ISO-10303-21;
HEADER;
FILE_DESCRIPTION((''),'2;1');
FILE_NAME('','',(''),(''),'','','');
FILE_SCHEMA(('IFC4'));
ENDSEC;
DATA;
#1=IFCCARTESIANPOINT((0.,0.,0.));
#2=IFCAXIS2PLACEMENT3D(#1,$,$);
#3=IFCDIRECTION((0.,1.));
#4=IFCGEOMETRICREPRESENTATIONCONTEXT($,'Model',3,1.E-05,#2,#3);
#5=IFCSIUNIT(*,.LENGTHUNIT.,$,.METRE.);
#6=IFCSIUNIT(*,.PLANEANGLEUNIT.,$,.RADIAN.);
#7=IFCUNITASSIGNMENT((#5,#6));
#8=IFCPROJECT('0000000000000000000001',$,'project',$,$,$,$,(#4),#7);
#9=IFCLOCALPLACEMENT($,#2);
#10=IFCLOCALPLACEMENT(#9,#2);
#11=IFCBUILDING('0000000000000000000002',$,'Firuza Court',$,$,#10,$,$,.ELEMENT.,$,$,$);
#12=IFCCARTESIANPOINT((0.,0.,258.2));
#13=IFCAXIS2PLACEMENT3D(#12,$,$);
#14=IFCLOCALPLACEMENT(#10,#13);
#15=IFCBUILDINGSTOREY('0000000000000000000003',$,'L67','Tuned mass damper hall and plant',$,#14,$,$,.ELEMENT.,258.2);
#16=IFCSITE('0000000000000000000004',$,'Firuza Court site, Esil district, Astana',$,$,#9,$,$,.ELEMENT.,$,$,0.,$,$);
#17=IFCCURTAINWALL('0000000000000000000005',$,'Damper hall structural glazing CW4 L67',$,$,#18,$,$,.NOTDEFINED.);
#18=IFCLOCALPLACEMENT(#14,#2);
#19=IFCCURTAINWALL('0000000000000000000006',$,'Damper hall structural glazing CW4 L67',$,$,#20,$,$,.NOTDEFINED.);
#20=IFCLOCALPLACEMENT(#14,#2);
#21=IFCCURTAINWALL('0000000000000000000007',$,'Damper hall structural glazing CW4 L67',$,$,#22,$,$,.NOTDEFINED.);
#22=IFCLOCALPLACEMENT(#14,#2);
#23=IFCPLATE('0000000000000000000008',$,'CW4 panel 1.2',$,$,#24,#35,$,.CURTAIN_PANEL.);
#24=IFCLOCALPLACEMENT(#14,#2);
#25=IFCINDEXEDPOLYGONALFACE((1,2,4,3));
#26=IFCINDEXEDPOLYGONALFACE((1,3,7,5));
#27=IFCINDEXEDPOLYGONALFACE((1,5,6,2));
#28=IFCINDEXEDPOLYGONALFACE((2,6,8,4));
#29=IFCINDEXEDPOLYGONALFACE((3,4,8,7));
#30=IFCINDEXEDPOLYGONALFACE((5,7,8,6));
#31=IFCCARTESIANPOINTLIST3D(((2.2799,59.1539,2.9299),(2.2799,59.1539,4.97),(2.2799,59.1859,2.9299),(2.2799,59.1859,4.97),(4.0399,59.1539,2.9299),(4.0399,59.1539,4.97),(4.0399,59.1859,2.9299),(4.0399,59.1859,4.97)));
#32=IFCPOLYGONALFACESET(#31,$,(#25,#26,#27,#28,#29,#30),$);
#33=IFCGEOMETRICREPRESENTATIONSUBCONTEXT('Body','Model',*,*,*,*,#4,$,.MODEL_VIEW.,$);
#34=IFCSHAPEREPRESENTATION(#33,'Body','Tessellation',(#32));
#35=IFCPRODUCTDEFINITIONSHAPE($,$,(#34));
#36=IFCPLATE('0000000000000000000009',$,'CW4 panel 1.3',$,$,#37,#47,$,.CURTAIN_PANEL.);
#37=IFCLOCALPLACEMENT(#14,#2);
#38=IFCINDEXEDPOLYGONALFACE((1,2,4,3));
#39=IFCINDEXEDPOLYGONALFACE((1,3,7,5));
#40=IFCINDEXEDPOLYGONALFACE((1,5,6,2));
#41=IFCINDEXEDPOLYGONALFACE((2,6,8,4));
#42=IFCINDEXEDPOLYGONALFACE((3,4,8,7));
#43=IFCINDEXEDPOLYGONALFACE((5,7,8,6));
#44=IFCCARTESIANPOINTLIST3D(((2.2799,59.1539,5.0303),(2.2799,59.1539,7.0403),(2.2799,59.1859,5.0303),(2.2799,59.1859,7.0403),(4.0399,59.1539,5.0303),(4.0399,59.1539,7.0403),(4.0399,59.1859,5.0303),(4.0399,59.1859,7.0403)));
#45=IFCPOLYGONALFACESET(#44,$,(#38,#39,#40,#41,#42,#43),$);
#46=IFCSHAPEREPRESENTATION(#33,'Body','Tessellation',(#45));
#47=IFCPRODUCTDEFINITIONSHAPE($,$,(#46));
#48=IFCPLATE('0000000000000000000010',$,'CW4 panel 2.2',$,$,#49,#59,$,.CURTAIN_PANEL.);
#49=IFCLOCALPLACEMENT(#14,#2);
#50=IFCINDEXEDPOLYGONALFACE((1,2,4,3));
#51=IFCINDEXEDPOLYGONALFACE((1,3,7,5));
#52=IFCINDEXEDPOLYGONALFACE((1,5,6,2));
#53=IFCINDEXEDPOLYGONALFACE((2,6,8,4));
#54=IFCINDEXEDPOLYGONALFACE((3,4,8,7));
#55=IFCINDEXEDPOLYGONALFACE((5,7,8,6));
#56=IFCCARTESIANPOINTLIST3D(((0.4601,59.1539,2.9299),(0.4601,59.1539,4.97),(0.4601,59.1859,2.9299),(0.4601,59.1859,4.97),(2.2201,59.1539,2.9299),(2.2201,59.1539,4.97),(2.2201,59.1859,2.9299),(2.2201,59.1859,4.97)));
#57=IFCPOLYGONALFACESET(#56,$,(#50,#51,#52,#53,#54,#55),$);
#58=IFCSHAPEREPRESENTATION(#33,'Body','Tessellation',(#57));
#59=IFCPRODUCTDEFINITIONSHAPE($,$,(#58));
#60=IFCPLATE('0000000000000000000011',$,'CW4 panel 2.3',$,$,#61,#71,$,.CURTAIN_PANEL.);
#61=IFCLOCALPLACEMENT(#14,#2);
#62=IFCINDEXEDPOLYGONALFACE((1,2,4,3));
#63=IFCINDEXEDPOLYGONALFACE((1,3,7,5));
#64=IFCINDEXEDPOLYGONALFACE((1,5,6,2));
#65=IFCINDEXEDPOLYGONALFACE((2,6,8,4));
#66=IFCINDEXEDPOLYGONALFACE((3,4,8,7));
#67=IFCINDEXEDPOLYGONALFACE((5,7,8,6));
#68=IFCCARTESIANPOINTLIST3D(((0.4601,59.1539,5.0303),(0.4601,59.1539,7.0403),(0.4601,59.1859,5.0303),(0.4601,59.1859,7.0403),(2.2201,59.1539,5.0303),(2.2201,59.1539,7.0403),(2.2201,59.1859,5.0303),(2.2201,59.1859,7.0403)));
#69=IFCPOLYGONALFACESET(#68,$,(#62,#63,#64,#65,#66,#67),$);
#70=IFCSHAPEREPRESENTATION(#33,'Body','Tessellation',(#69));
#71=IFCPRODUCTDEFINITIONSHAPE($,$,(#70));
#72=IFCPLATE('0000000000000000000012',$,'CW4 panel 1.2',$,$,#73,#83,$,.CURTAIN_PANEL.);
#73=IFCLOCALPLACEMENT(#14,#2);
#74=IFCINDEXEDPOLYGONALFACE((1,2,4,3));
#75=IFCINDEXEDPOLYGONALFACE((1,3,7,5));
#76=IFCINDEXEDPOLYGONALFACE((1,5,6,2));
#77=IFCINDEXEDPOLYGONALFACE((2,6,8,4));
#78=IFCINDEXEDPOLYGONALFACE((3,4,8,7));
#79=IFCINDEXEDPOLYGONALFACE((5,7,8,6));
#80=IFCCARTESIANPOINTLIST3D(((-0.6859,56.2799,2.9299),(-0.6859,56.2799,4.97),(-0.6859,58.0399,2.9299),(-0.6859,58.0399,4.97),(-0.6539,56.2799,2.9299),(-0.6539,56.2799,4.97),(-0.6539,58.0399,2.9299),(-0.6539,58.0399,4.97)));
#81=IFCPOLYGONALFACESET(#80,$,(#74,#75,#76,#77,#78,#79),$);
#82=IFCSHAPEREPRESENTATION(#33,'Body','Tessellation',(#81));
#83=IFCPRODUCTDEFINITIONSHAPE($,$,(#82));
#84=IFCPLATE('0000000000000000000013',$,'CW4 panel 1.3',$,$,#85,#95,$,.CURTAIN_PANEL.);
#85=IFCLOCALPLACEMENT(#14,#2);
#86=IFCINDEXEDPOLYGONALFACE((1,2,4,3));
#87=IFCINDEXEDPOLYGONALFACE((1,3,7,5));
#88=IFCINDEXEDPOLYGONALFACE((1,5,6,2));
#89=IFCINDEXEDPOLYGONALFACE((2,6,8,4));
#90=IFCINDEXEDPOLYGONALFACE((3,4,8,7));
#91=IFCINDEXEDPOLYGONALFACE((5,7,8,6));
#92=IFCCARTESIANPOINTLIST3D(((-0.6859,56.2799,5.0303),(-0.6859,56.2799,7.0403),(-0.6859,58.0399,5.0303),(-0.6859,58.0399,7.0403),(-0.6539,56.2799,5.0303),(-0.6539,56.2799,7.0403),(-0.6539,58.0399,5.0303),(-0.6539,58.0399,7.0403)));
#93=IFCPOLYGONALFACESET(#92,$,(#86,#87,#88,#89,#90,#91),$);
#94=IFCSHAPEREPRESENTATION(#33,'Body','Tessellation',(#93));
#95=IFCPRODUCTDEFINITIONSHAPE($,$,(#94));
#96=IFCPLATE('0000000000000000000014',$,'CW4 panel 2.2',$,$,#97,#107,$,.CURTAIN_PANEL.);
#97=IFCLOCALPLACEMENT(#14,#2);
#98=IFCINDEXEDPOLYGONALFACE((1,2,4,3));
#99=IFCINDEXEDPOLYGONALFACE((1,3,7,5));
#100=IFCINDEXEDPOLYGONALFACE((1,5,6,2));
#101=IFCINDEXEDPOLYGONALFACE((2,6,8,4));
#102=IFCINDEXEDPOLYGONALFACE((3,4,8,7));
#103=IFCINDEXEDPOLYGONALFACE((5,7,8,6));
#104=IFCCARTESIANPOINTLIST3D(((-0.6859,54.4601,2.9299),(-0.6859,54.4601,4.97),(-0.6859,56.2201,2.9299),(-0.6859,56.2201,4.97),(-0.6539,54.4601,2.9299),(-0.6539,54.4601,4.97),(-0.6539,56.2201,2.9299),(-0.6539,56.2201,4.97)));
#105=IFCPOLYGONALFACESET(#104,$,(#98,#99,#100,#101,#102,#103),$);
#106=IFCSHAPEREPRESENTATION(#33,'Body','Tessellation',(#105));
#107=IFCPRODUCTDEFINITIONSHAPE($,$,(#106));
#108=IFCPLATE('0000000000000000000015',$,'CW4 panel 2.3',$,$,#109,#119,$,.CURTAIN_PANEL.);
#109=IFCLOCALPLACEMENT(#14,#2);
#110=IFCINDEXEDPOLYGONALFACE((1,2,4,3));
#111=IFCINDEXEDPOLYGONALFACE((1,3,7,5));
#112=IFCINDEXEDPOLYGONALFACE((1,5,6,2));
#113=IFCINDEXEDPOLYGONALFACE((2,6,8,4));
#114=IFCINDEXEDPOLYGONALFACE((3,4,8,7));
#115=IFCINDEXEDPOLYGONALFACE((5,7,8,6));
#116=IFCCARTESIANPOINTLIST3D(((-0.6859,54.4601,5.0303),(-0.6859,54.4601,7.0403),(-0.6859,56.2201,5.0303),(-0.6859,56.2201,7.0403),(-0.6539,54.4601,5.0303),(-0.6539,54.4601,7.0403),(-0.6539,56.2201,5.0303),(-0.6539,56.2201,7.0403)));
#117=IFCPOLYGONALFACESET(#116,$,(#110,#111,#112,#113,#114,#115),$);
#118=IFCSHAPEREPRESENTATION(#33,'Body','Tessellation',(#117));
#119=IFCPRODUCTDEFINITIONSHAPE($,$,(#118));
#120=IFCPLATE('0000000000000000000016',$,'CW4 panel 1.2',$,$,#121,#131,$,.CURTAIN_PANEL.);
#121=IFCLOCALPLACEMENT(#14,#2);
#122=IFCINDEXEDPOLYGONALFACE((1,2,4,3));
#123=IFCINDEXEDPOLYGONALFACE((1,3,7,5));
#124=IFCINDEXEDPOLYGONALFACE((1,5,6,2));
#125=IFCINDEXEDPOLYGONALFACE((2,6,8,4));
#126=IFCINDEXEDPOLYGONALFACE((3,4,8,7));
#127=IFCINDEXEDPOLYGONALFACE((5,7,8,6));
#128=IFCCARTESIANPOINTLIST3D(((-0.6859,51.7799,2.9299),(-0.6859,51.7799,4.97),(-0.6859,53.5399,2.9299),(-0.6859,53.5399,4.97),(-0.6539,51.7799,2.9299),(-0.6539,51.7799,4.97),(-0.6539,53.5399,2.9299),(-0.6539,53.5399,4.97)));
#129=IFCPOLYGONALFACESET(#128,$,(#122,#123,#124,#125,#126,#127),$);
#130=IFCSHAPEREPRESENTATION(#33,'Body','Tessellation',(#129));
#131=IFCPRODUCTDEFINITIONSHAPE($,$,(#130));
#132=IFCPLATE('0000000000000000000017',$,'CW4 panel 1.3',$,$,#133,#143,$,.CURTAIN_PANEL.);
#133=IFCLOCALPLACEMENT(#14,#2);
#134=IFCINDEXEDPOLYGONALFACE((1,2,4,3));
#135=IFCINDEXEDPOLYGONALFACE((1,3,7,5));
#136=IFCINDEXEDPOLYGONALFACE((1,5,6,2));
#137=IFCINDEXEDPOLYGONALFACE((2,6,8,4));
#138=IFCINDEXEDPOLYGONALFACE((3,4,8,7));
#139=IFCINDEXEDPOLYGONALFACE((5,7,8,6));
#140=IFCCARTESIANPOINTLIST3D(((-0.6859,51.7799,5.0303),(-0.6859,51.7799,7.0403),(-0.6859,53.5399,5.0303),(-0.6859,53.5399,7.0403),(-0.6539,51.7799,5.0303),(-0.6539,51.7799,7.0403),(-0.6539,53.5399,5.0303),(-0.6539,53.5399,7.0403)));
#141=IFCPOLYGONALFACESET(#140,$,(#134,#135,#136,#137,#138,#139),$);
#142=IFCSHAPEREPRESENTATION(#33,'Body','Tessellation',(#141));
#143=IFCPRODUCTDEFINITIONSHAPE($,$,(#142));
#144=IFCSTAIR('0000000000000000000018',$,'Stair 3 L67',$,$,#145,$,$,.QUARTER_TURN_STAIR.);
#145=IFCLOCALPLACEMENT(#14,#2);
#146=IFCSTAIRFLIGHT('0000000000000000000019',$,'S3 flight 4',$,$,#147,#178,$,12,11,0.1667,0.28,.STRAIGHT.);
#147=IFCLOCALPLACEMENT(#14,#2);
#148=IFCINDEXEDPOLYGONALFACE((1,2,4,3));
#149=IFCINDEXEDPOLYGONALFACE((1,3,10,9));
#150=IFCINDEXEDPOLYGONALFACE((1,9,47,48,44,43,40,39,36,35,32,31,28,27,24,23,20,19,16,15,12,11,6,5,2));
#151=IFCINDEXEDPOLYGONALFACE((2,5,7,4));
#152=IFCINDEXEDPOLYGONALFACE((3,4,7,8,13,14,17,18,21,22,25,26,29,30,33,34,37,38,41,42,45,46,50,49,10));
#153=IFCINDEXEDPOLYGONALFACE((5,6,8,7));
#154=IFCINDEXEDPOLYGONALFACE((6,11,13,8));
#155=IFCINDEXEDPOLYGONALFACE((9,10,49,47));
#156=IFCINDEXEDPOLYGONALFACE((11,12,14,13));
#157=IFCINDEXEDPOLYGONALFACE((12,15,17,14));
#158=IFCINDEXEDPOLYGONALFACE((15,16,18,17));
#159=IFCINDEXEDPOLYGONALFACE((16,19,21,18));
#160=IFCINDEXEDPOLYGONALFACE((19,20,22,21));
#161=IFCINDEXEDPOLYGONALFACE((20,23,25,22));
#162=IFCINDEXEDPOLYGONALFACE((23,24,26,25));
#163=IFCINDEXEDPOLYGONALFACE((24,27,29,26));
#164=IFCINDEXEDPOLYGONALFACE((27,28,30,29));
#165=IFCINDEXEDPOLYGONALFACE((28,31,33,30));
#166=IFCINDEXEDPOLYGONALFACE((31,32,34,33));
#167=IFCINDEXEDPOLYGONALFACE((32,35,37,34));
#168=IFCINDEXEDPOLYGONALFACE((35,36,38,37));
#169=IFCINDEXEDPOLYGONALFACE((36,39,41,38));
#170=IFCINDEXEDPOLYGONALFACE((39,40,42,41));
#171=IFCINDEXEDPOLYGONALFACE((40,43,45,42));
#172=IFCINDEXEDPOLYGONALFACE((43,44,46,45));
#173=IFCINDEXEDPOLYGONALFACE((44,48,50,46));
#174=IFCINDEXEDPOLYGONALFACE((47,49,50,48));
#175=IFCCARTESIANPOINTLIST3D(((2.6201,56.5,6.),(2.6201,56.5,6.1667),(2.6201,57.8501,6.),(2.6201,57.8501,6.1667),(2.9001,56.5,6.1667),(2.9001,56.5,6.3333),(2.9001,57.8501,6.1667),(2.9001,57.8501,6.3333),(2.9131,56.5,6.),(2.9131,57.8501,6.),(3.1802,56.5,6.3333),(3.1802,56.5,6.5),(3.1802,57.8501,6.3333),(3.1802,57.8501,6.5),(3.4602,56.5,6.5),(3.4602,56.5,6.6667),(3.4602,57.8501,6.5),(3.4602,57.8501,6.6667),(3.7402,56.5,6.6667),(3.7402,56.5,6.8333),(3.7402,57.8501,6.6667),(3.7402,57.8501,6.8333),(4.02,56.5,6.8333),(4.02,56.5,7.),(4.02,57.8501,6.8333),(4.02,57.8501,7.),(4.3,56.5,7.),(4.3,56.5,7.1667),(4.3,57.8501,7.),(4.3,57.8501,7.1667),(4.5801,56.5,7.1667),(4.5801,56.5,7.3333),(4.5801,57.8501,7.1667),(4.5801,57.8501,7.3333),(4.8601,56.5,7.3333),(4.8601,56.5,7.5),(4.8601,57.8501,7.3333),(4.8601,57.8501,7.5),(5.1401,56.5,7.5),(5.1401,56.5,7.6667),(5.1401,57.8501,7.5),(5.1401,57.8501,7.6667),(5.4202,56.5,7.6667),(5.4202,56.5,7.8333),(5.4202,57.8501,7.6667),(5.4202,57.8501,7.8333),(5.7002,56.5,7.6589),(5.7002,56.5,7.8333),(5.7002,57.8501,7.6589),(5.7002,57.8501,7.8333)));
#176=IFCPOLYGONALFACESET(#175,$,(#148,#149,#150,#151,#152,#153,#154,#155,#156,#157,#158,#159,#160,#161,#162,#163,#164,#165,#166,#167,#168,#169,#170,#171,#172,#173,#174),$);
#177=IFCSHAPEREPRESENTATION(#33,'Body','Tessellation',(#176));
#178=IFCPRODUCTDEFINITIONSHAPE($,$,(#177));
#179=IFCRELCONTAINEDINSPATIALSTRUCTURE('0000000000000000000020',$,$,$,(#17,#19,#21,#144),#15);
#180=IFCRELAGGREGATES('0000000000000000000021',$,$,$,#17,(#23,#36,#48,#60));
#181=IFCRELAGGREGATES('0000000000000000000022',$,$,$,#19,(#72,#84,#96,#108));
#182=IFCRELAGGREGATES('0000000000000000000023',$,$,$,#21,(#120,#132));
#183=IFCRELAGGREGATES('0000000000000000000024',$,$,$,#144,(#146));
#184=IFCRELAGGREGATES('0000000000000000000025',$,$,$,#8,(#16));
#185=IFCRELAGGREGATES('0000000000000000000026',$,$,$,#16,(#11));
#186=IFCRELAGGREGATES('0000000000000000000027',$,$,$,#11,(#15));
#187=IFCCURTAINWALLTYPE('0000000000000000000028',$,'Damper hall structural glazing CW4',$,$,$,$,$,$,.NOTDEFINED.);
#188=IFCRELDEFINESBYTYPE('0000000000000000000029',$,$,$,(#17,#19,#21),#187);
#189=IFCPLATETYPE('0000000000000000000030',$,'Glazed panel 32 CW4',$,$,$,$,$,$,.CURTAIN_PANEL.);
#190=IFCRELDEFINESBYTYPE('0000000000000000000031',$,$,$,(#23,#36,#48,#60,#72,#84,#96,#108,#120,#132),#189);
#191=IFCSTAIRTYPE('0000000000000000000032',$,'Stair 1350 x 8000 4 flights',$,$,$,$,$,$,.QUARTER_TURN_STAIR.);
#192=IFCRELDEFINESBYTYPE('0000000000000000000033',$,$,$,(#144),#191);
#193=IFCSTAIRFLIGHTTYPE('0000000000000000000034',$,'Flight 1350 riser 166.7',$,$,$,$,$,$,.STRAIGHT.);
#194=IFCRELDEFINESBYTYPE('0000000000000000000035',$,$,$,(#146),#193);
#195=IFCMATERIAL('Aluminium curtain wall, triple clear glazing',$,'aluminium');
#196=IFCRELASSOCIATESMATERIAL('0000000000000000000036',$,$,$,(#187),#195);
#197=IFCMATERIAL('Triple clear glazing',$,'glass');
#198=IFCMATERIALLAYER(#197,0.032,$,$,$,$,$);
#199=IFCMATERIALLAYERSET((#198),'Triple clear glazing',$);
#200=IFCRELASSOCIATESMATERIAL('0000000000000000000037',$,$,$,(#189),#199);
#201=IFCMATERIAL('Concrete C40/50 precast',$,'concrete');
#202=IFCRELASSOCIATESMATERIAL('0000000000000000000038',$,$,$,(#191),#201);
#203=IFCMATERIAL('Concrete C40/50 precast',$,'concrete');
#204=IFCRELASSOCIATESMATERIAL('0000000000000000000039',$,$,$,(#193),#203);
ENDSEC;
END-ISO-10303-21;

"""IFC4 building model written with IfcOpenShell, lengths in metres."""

from ifc_helpers import new_model, si_unit, direction, frame, origin, origin_2d, place, context, subcontext, project, spatial, polyline, rectangle, outline, extrude, material, layer, layer_set, type_object, element, aggregate, save


model = new_model("IFC4")

# Units and contexts
model_context = context("Model", 3, precision=1e-05, world=origin(), true_north=direction((0.0, 1.0)))
body_context = subcontext(model_context, "Body", "Model", "MODEL_VIEW")
ifc_project = project(units=[si_unit("LENGTHUNIT", "METRE"), si_unit("PLANEANGLEUNIT", "RADIAN")], contexts=[model_context])

# Site, building, storey
site_placement = place(None, origin())
site = spatial("IfcSite", under=ifc_project, at=site_placement, Name="Firuza Court site, Esil district, Astana", CompositionType="ELEMENT", RefElevation=0.0)
building_placement = place(site_placement, origin())
building = spatial("IfcBuilding", under=site, at=building_placement, Name="Firuza Court", CompositionType="ELEMENT")
storey_placement = place(building_placement, frame((0.0, 0.0, 258.2)))
storey = spatial("IfcBuildingStorey", under=building, at=storey_placement, Name="L67", Description="Tuned mass damper hall and plant", CompositionType="ELEMENT", Elevation=258.2)

# Curtain walls
ifc_material_1 = material(Name="Aluminium curtain wall, triple clear glazing", Category="aluminium")
curtain_wall_type = type_object("IfcCurtainWallType", Name="Damper hall structural glazing CW4", PredefinedType="NOTDEFINED", material=ifc_material_1)
curtain_wall_1_placement = place(storey_placement, origin())
curtain_wall_1 = element("IfcCurtainWall", 1, at=curtain_wall_1_placement, inside=storey, type_object=curtain_wall_type, Name="Damper hall structural glazing CW4 L67", PredefinedType="NOTDEFINED")
curtain_wall_2_placement = place(storey_placement, origin())
curtain_wall_2 = element("IfcCurtainWall", 2, at=curtain_wall_2_placement, inside=storey, type_object=curtain_wall_type, Name="Damper hall structural glazing CW4 L67", PredefinedType="NOTDEFINED")
curtain_wall_3_placement = place(storey_placement, origin())
curtain_wall_3 = element("IfcCurtainWall", 3, at=curtain_wall_3_placement, inside=storey, type_object=curtain_wall_type, Name="Damper hall structural glazing CW4 L67", PredefinedType="NOTDEFINED")

# Plates
ifc_material_2 = material(Name="Triple clear glazing", Category="glass")
ifc_layer = layer(ifc_material_2, 0.032)
ifc_layer_set = layer_set([ifc_layer], Name="Triple clear glazing")
plate_type = type_object("IfcPlateType", Name="Glazed panel 32 CW4", PredefinedType="CURTAIN_PANEL", material=ifc_layer_set)
plate_1_placement = place(storey_placement, frame((3.1599, 59.1699, 2.9299), z_axis=(0.0, 0.0, 1.0), x_axis=(-1.0, 0.0, 0.0)))
plate_1 = element("IfcPlate", 4, at=plate_1_placement, type_object=plate_type, Name="CW4 panel 1.2", PredefinedType="CURTAIN_PANEL", context=body_context, shape_type="SweptSolid", body=[
    extrude(rectangle(XDim=1.76, YDim=0.032, at=origin_2d()), origin(), (0.0, 0.0, 1.0), 2.04),
])
plate_2_placement = place(storey_placement, frame((3.1599, 59.1699, 5.0303), z_axis=(0.0, 0.0, 1.0), x_axis=(-1.0, 0.0, 0.0)))
plate_2 = element("IfcPlate", 5, at=plate_2_placement, type_object=plate_type, Name="CW4 panel 1.3", PredefinedType="CURTAIN_PANEL", context=body_context, shape_type="SweptSolid", body=[
    extrude(rectangle(XDim=1.76, YDim=0.032, at=origin_2d()), origin(), (0.0, 0.0, 1.0), 2.01),
])
plate_3_placement = place(storey_placement, frame((1.3401, 59.1699, 2.9299), z_axis=(0.0, 0.0, 1.0), x_axis=(-1.0, 0.0, 0.0)))
plate_3 = element("IfcPlate", 6, at=plate_3_placement, type_object=plate_type, Name="CW4 panel 2.2", PredefinedType="CURTAIN_PANEL", context=body_context, shape_type="SweptSolid", body=[
    extrude(rectangle(XDim=1.76, YDim=0.032, at=origin_2d()), origin(), (0.0, 0.0, 1.0), 2.04),
])
plate_4_placement = place(storey_placement, frame((1.3401, 59.1699, 5.0303), z_axis=(0.0, 0.0, 1.0), x_axis=(-1.0, 0.0, 0.0)))
plate_4 = element("IfcPlate", 7, at=plate_4_placement, type_object=plate_type, Name="CW4 panel 2.3", PredefinedType="CURTAIN_PANEL", context=body_context, shape_type="SweptSolid", body=[
    extrude(rectangle(XDim=1.76, YDim=0.032, at=origin_2d()), origin(), (0.0, 0.0, 1.0), 2.01),
])
aggregate(curtain_wall_1, [plate_1, plate_2, plate_3, plate_4])
plate_5_placement = place(storey_placement, frame((-0.6699, 57.1599, 2.9299), z_axis=(0.0, 0.0, 1.0), x_axis=(0.0, -1.0, 0.0)))
plate_5 = element("IfcPlate", 8, at=plate_5_placement, type_object=plate_type, Name="CW4 panel 1.2", PredefinedType="CURTAIN_PANEL", context=body_context, shape_type="SweptSolid", body=[
    extrude(rectangle(XDim=1.76, YDim=0.032, at=origin_2d()), origin(), (0.0, 0.0, 1.0), 2.04),
])
plate_6_placement = place(storey_placement, frame((-0.6699, 57.1599, 5.0303), z_axis=(0.0, 0.0, 1.0), x_axis=(0.0, -1.0, 0.0)))
plate_6 = element("IfcPlate", 9, at=plate_6_placement, type_object=plate_type, Name="CW4 panel 1.3", PredefinedType="CURTAIN_PANEL", context=body_context, shape_type="SweptSolid", body=[
    extrude(rectangle(XDim=1.76, YDim=0.032, at=origin_2d()), origin(), (0.0, 0.0, 1.0), 2.01),
])
plate_7_placement = place(storey_placement, frame((-0.6699, 55.3401, 2.9299), z_axis=(0.0, 0.0, 1.0), x_axis=(0.0, -1.0, 0.0)))
plate_7 = element("IfcPlate", 10, at=plate_7_placement, type_object=plate_type, Name="CW4 panel 2.2", PredefinedType="CURTAIN_PANEL", context=body_context, shape_type="SweptSolid", body=[
    extrude(rectangle(XDim=1.76, YDim=0.032, at=origin_2d()), origin(), (0.0, 0.0, 1.0), 2.04),
])
plate_8_placement = place(storey_placement, frame((-0.6699, 55.3401, 5.0303), z_axis=(0.0, 0.0, 1.0), x_axis=(0.0, -1.0, 0.0)))
plate_8 = element("IfcPlate", 11, at=plate_8_placement, type_object=plate_type, Name="CW4 panel 2.3", PredefinedType="CURTAIN_PANEL", context=body_context, shape_type="SweptSolid", body=[
    extrude(rectangle(XDim=1.76, YDim=0.032, at=origin_2d()), origin(), (0.0, 0.0, 1.0), 2.01),
])
aggregate(curtain_wall_2, [plate_5, plate_6, plate_7, plate_8])
plate_9_placement = place(storey_placement, frame((-0.6699, 52.6599, 2.9299), z_axis=(0.0, 0.0, 1.0), x_axis=(0.0, -1.0, 0.0)))
plate_9 = element("IfcPlate", 12, at=plate_9_placement, type_object=plate_type, Name="CW4 panel 1.2", PredefinedType="CURTAIN_PANEL", context=body_context, shape_type="SweptSolid", body=[
    extrude(rectangle(XDim=1.76, YDim=0.032, at=origin_2d()), origin(), (0.0, 0.0, 1.0), 2.04),
])
plate_10_placement = place(storey_placement, frame((-0.6699, 52.6599, 5.0303), z_axis=(0.0, 0.0, 1.0), x_axis=(0.0, -1.0, 0.0)))
plate_10 = element("IfcPlate", 13, at=plate_10_placement, type_object=plate_type, Name="CW4 panel 1.3", PredefinedType="CURTAIN_PANEL", context=body_context, shape_type="SweptSolid", body=[
    extrude(rectangle(XDim=1.76, YDim=0.032, at=origin_2d()), origin(), (0.0, 0.0, 1.0), 2.01),
])
aggregate(curtain_wall_3, [plate_9, plate_10])

# Stair, stair flight
ifc_material_3 = material(Name="Concrete C40/50 precast", Category="concrete")
stair_type = type_object("IfcStairType", Name="Stair 1350 x 8000 4 flights", PredefinedType="QUARTER_TURN_STAIR", material=ifc_material_3)
stair_placement = place(storey_placement, origin())
stair = element("IfcStair", 14, at=stair_placement, inside=storey, type_object=stair_type, Name="Stair 3 L67", PredefinedType="QUARTER_TURN_STAIR")
ifc_material_4 = material(Name="Concrete C40/50 precast", Category="concrete")
stair_flight_type = type_object("IfcStairFlightType", Name="Flight 1350 riser 166.7", PredefinedType="STRAIGHT", material=ifc_material_4)
stair_flight_placement = place(storey_placement, frame((2.6201, 57.175, 6.0), z_axis=(0.0, 0.0, 1.0), x_axis=(1.0, 0.0, 0.0)))
stair_flight = element("IfcStairFlight", 15, at=stair_flight_placement, type_object=stair_flight_type, Name="S3 flight 4", NumberOfRisers=12, NumberOfTreads=11, PredefinedType="STRAIGHT", RiserHeight=0.1667, TreadLength=0.28, context=body_context, shape_type="SweptSolid", body=[
    extrude(outline(polyline([(0.0, 0.0), (0.0, 0.1667), (0.28, 0.1667), (0.28, 0.3333), (0.5601, 0.3333), (0.5601, 0.5), (0.8401, 0.5), (0.8401, 0.6667), (1.1201, 0.6667), (1.1201, 0.8333), (1.3999, 0.8333), (1.3999, 1.0), (1.6799, 1.0), (1.6799, 1.1667), (1.96, 1.1667), (1.96, 1.3333), (2.24, 1.3333), (2.24, 1.5), (2.52, 1.5), (2.52, 1.6667), (2.8, 1.6667), (2.8, 1.8333), (3.0801, 1.8333), (3.0801, 2.0), (3.0801, 1.6589), (0.293, 0.0), (0.0, 0.0)])), frame((0.0, 0.675, 0.0), z_axis=(0.0, -1.0, 0.0), x_axis=(1.0, 0.0, 0.0)), (0.0, 0.0, 1.0), 1.3501),
])
aggregate(stair, [stair_flight])

save(model, "model.ifc")
